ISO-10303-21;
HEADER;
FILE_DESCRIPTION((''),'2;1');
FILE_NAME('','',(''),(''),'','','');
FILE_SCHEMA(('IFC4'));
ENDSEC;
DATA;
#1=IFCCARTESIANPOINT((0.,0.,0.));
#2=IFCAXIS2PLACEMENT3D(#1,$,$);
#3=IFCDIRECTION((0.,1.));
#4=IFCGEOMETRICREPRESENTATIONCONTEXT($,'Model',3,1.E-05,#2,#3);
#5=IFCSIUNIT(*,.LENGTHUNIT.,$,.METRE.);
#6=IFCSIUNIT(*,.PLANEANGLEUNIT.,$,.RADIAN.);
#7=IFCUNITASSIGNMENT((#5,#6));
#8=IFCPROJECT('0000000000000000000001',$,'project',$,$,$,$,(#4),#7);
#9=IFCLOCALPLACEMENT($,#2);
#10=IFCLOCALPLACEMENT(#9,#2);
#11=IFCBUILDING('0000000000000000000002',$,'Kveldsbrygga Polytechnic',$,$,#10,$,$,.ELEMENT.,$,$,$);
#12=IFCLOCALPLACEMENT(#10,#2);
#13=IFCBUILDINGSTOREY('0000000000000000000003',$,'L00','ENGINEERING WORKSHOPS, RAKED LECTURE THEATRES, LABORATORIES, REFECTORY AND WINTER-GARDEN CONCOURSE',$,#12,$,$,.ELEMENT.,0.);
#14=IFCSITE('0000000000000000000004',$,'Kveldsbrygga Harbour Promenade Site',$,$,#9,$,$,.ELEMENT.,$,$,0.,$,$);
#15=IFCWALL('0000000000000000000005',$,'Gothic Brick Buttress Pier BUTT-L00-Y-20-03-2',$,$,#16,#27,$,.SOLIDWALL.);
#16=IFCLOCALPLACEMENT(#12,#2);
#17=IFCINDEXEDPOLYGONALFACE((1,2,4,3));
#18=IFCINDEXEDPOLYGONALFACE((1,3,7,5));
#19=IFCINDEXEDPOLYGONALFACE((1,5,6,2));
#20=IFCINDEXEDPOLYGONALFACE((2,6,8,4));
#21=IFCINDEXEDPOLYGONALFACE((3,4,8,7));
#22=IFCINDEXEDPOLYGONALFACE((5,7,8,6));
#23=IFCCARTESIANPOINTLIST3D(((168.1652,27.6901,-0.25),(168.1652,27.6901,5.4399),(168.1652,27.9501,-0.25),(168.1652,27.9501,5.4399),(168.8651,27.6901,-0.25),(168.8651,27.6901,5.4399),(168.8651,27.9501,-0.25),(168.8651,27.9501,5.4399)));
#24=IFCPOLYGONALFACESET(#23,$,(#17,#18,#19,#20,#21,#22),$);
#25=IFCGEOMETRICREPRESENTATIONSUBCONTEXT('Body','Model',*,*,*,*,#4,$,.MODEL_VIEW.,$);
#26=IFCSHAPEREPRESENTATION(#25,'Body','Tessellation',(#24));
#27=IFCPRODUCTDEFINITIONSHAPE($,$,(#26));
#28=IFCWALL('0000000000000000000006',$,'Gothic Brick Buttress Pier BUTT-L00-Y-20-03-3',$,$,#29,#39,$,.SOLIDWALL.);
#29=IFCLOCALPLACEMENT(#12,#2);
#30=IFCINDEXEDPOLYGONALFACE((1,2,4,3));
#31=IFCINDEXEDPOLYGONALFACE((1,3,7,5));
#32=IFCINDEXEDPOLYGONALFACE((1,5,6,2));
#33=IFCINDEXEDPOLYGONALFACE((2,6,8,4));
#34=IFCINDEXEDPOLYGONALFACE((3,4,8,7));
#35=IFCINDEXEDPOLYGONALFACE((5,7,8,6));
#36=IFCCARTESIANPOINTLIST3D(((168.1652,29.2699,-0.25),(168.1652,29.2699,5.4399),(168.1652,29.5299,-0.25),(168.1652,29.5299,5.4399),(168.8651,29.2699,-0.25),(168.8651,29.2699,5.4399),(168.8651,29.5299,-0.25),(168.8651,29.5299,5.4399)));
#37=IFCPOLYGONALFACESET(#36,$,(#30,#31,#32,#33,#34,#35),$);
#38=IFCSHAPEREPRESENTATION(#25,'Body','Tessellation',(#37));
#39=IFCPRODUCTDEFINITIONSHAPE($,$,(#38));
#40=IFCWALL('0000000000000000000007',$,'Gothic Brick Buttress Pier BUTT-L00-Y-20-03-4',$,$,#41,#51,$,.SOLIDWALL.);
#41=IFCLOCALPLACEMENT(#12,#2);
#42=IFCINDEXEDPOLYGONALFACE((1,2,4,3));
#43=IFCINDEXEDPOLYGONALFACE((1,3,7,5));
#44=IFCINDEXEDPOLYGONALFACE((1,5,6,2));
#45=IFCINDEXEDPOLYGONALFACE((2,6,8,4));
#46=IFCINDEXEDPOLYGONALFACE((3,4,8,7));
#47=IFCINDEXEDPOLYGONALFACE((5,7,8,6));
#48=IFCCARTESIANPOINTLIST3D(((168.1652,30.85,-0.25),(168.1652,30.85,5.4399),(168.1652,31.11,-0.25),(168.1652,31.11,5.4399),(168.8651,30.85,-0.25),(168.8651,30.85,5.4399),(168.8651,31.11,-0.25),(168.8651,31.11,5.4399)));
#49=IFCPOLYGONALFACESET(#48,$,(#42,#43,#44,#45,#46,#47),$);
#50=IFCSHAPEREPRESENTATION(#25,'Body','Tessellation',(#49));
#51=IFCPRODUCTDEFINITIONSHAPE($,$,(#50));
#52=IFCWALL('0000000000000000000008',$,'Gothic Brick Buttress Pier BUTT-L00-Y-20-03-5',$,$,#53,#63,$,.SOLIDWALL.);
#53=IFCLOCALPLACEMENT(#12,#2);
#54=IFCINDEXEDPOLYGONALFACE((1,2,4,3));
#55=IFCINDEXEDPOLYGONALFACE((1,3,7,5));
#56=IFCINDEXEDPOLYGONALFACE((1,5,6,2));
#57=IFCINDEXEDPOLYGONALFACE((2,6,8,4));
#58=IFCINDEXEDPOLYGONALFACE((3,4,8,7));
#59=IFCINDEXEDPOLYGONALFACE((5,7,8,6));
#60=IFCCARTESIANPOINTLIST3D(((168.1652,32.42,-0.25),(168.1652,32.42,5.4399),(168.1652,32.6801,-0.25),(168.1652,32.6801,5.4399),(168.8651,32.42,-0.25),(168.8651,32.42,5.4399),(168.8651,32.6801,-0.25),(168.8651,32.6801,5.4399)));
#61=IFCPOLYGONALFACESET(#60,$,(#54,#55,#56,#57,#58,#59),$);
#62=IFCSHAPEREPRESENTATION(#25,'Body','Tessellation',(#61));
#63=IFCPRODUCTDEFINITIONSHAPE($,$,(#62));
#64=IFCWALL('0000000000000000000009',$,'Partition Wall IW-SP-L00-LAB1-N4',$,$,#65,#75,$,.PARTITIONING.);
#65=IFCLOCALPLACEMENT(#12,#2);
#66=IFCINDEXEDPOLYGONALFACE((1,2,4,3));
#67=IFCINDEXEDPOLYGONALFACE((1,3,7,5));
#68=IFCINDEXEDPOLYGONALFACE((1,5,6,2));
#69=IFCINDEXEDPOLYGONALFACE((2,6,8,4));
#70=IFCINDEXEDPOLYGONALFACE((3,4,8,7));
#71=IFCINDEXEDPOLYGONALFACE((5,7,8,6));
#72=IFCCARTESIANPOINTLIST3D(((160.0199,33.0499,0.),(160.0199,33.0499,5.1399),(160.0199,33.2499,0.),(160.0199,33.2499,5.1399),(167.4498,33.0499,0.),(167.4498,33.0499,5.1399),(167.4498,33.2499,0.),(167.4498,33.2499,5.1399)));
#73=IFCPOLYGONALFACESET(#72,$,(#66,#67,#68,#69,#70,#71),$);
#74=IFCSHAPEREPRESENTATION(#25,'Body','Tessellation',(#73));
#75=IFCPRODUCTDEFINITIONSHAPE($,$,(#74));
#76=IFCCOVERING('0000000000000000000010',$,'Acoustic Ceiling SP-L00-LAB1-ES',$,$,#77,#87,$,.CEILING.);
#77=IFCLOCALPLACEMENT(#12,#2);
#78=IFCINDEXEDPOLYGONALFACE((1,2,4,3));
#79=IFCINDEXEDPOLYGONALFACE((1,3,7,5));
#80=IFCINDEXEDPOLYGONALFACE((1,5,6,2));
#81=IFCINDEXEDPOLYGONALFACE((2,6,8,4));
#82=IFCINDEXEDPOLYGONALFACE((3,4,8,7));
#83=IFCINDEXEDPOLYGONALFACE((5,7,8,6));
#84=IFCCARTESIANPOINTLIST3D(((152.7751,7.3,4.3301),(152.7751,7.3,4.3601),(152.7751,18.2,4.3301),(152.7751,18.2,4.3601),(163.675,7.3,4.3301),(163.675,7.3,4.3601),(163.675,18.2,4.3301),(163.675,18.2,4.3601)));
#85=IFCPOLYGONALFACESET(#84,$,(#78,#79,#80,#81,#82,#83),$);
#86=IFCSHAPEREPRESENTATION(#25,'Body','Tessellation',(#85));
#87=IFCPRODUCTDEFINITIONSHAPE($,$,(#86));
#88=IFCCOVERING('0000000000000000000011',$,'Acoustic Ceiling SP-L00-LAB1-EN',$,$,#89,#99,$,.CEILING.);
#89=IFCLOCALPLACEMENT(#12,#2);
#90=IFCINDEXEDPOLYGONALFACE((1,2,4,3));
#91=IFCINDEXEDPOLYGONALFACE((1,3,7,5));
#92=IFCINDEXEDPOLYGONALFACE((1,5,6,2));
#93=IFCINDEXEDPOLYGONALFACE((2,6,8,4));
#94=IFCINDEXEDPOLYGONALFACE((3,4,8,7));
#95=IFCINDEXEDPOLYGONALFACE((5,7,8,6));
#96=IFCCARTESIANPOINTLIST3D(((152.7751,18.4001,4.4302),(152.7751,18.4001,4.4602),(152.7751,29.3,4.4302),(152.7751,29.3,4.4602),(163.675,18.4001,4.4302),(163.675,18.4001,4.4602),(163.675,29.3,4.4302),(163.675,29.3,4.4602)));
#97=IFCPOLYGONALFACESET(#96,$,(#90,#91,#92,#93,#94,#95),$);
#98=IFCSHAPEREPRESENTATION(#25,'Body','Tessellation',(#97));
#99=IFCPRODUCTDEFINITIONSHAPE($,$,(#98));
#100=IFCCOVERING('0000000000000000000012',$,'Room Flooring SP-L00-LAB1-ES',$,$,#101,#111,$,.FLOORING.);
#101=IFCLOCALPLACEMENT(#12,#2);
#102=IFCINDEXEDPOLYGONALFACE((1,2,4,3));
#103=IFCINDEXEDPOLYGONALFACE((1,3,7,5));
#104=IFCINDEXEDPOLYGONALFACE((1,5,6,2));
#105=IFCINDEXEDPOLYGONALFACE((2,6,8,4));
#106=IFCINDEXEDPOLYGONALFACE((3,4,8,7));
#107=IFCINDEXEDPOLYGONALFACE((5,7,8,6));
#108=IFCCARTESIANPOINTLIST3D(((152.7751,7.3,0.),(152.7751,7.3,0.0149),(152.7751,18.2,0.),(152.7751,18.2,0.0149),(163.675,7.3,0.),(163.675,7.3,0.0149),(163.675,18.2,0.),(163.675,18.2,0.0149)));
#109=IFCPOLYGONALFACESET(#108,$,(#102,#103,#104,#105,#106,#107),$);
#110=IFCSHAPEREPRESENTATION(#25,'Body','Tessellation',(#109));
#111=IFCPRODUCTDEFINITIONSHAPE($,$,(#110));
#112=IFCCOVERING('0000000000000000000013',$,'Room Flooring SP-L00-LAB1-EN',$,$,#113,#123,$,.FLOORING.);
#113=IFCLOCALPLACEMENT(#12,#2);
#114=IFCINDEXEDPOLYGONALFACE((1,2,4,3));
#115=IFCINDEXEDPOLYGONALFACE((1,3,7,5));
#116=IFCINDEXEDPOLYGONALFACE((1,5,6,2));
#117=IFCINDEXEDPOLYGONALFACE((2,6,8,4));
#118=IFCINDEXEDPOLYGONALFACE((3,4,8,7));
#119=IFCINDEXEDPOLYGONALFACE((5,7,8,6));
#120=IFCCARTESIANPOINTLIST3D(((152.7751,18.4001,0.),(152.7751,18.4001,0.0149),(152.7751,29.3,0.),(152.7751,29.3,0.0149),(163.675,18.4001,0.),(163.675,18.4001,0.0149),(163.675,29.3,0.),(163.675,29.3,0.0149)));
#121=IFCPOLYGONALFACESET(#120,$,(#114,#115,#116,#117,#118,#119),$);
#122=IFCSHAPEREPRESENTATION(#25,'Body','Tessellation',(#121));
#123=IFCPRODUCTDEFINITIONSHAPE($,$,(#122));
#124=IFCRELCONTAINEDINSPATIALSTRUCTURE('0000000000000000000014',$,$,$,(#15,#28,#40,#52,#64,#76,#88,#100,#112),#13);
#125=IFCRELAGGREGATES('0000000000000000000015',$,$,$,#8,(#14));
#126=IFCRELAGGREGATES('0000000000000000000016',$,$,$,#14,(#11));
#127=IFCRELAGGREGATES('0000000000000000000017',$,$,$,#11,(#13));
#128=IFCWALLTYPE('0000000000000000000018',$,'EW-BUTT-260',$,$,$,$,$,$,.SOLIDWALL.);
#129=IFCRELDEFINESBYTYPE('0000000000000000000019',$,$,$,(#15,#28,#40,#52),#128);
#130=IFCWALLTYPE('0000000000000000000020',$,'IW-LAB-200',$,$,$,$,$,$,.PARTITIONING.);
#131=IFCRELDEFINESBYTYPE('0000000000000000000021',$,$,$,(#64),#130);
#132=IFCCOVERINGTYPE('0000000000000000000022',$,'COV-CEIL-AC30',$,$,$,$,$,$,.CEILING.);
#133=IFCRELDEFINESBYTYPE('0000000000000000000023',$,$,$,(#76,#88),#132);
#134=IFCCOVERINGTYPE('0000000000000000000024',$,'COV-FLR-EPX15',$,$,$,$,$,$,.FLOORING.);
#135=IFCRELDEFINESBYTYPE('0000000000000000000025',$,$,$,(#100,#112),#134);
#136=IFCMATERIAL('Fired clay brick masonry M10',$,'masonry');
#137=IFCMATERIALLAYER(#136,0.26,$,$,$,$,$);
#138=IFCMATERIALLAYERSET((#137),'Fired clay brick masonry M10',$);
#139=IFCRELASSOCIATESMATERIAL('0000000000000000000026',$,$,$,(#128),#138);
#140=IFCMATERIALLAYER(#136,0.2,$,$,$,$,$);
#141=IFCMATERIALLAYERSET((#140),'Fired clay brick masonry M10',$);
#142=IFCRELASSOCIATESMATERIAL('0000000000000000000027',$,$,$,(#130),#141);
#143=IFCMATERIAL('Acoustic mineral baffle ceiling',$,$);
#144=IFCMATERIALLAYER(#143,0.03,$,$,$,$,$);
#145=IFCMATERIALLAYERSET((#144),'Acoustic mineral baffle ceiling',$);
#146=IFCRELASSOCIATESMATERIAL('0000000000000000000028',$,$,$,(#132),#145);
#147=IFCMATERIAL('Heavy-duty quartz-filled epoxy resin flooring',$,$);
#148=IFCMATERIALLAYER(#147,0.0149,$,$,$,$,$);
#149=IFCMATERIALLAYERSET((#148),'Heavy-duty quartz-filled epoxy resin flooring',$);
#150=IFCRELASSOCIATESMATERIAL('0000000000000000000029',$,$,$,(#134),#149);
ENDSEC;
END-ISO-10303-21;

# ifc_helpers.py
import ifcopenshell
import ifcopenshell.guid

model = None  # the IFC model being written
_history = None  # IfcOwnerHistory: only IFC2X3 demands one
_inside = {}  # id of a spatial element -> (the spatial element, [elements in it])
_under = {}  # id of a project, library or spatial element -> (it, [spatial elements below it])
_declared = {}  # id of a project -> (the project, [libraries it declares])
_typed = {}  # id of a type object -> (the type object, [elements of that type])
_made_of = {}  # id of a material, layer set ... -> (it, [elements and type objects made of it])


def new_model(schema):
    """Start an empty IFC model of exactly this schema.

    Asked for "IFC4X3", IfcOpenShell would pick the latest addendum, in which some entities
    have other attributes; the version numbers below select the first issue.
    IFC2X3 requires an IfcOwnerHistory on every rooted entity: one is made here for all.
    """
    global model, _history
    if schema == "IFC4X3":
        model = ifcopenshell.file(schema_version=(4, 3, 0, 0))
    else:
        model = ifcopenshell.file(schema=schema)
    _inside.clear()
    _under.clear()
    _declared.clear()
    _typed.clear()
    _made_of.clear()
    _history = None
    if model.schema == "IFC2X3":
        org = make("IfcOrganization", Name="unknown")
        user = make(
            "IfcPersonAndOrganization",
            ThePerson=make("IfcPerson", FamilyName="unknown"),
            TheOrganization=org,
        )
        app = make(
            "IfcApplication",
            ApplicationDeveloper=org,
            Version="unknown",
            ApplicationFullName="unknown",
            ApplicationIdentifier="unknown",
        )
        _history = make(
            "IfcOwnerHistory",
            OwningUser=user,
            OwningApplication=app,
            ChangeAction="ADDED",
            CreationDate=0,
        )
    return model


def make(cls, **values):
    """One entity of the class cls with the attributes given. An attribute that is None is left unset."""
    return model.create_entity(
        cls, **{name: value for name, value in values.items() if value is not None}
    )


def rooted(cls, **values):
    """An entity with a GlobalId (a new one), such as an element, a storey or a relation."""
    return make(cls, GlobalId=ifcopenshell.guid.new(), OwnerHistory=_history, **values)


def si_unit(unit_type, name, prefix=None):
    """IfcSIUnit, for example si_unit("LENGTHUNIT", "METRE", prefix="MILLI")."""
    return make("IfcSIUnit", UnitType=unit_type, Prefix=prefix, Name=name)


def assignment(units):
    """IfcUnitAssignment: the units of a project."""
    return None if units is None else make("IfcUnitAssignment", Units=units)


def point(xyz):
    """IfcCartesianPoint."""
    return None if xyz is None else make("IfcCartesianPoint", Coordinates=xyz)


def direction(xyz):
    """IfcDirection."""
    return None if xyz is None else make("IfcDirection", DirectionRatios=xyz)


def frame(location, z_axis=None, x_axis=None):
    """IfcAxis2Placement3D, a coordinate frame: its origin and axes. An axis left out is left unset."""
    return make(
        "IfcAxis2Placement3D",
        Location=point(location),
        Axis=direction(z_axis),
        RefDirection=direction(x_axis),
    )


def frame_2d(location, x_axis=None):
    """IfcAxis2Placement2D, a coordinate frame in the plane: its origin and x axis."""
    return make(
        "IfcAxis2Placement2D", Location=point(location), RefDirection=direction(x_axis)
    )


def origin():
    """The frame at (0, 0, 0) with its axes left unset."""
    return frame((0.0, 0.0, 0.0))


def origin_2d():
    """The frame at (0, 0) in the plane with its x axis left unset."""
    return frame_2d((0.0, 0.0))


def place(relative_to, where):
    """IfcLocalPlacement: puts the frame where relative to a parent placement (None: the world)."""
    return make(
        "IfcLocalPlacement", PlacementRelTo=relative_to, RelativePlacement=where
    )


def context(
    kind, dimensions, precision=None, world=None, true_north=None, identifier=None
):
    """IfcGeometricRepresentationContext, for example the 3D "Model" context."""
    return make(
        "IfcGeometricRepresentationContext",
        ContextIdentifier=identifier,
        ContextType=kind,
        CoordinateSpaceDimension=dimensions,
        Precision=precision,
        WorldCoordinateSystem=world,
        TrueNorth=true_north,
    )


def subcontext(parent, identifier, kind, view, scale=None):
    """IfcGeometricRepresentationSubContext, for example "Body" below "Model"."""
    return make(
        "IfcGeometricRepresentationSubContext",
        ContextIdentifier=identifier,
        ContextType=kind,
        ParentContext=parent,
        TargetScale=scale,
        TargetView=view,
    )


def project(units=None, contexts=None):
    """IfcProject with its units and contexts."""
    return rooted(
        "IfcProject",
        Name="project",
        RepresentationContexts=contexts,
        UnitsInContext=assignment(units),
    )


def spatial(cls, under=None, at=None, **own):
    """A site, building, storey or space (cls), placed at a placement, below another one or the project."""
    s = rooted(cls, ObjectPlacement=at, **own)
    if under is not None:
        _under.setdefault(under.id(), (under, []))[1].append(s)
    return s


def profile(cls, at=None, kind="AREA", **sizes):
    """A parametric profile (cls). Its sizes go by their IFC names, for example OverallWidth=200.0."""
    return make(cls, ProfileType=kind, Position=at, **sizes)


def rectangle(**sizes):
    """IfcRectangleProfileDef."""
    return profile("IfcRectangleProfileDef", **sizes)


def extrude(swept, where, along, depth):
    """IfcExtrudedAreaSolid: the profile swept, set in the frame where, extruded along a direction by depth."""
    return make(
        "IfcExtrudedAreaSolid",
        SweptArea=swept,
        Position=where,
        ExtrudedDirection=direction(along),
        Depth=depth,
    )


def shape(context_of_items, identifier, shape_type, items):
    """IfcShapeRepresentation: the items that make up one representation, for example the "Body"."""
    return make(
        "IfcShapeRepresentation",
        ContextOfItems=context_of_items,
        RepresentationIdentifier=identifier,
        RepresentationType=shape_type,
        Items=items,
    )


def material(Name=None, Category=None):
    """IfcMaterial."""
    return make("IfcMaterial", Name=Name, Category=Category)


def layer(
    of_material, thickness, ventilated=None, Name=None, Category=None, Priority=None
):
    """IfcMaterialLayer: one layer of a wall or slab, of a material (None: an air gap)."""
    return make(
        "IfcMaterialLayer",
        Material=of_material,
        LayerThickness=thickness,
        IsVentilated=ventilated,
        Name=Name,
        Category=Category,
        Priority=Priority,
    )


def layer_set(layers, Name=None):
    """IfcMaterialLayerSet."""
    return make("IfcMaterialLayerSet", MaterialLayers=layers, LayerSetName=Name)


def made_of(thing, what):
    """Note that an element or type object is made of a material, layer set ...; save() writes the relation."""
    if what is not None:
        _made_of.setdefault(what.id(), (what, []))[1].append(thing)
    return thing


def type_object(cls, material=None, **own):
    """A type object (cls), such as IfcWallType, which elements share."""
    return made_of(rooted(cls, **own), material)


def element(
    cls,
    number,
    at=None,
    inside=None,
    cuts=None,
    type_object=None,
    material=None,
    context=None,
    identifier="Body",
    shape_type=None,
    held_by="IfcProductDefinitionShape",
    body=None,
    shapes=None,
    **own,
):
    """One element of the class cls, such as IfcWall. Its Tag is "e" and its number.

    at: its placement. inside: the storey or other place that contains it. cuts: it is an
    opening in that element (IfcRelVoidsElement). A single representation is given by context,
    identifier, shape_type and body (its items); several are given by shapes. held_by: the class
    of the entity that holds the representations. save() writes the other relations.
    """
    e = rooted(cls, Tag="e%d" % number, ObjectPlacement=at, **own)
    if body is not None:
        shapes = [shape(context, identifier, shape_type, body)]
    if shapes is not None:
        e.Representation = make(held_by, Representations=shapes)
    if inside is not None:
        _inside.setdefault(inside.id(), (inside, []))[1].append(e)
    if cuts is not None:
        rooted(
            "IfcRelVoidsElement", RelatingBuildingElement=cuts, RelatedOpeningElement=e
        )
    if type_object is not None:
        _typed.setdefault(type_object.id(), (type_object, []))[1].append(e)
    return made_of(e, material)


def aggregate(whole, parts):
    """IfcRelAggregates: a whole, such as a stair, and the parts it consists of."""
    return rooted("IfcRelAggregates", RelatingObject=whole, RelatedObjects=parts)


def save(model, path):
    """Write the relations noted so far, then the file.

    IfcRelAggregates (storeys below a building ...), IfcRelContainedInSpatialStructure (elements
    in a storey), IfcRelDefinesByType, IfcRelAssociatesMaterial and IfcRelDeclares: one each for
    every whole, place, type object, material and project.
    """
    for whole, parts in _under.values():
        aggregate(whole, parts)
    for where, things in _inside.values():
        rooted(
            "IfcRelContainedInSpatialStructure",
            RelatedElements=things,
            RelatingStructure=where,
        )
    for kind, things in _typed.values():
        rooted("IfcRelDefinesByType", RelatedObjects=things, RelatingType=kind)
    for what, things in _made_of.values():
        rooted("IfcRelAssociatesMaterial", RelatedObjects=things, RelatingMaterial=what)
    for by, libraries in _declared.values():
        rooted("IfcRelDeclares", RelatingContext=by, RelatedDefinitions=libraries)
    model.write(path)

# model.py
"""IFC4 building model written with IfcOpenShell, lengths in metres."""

from ifc_helpers import new_model, si_unit, direction, frame, frame_2d, origin, origin_2d, place, context, subcontext, project, spatial, rectangle, extrude, material, layer, layer_set, type_object, element, save


model = new_model("IFC4")

# Units and contexts
model_context = context("Model", 3, precision=1e-05, world=origin(), true_north=direction((0.0, 1.0)))
body_context = subcontext(model_context, "Body", "Model", "MODEL_VIEW")
ifc_project = project(units=[si_unit("LENGTHUNIT", "METRE"), si_unit("PLANEANGLEUNIT", "RADIAN")], contexts=[model_context])

# Site, building, storey
site_placement = place(None, origin())
site = spatial("IfcSite", under=ifc_project, at=site_placement, Name="Kveldsbrygga Harbour Promenade Site", CompositionType="ELEMENT", RefElevation=0.0)
building_placement = place(site_placement, origin())
building = spatial("IfcBuilding", under=site, at=building_placement, Name="Kveldsbrygga Polytechnic", CompositionType="ELEMENT")
storey_placement = place(building_placement, origin())
storey = spatial("IfcBuildingStorey", under=building, at=storey_placement, Name="L00", Description="ENGINEERING WORKSHOPS, RAKED LECTURE THEATRES, LABORATORIES, REFECTORY AND WINTER-GARDEN CONCOURSE", CompositionType="ELEMENT", Elevation=0.0)

# Walls
ifc_material_1 = material(Name="Fired clay brick masonry M10", Category="masonry")
ifc_layer_1 = layer(ifc_material_1, 0.26)
ifc_layer_set_1 = layer_set([ifc_layer_1], Name="Fired clay brick masonry M10")
wall_type_1 = type_object("IfcWallType", Name="EW-BUTT-260", PredefinedType="SOLIDWALL", material=ifc_layer_set_1)
for number, where, z_axis, x_axis, name in (
    (1, (168.165, 27.8201, -0.25), (0.0, 0.0, 1.0), (1.0, 0.0, 0.0), "Gothic Brick Buttress Pier BUTT-L00-Y-20-03-2"),
    (2, (168.165, 29.3999, -0.25), (0.0, 0.0, 1.0), (1.0, 0.0, 0.0), "Gothic Brick Buttress Pier BUTT-L00-Y-20-03-3"),
    (3, (168.165, 30.98, -0.25), (0.0, 0.0, 1.0), (1.0, 0.0, 0.0), "Gothic Brick Buttress Pier BUTT-L00-Y-20-03-4"),
    (4, (168.165, 32.55, -0.25), (0.0, 0.0, 1.0), (1.0, 0.0, 0.0), "Gothic Brick Buttress Pier BUTT-L00-Y-20-03-5"),
):
    element("IfcWall", number, at=place(storey_placement, frame(where, z_axis=z_axis, x_axis=x_axis)), inside=storey, type_object=wall_type_1, Name=name, PredefinedType="SOLIDWALL", context=body_context, shape_type="SweptSolid", body=[
        extrude(rectangle(XDim=0.7, YDim=0.26, at=frame_2d((0.3501, 0.0))), origin(), (0.0, 0.0, 1.0), 5.6899),
    ])
ifc_layer_2 = layer(ifc_material_1, 0.2)
ifc_layer_set_2 = layer_set([ifc_layer_2], Name="Fired clay brick masonry M10")
wall_type_2 = type_object("IfcWallType", Name="IW-LAB-200", PredefinedType="PARTITIONING", material=ifc_layer_set_2)
wall_placement = place(storey_placement, frame((160.02, 33.1499, 0.0), z_axis=(0.0, 0.0, 1.0), x_axis=(1.0, 0.0, 0.0)))
element("IfcWall", 5, at=wall_placement, inside=storey, type_object=wall_type_2, Name="Partition Wall IW-SP-L00-LAB1-N4", PredefinedType="PARTITIONING", context=body_context, shape_type="SweptSolid", body=[
    extrude(rectangle(XDim=7.4299, YDim=0.2, at=frame_2d((3.7148, 0.0))), origin(), (0.0, 0.0, 1.0), 5.1399),
])

# Coverings
ifc_material_2 = material(Name="Acoustic mineral baffle ceiling")
ifc_layer_3 = layer(ifc_material_2, 0.03)
ifc_layer_set_3 = layer_set([ifc_layer_3], Name="Acoustic mineral baffle ceiling")
covering_type_1 = type_object("IfcCoveringType", Name="COV-CEIL-AC30", PredefinedType="CEILING", material=ifc_layer_set_3)
for number, where, z_axis, x_axis, name in (
    (6, (158.2251, 12.75, 4.3301), (0.0, 0.0, 1.0), (1.0, 0.0, 0.0), "Acoustic Ceiling SP-L00-LAB1-ES"),
    (7, (158.2251, 23.8501, 4.4302), (0.0, 0.0, 1.0), (1.0, 0.0, 0.0), "Acoustic Ceiling SP-L00-LAB1-EN"),
):
    element("IfcCovering", number, at=place(storey_placement, frame(where, z_axis=z_axis, x_axis=x_axis)), inside=storey, type_object=covering_type_1, Name=name, PredefinedType="CEILING", context=body_context, shape_type="SweptSolid", body=[
        extrude(rectangle(XDim=10.8999, YDim=10.8999, at=origin_2d()), origin(), (0.0, 0.0, 1.0), 0.03),
    ])
ifc_material_3 = material(Name="Heavy-duty quartz-filled epoxy resin flooring")
ifc_layer_4 = layer(ifc_material_3, 0.0149)
ifc_layer_set_4 = layer_set([ifc_layer_4], Name="Heavy-duty quartz-filled epoxy resin flooring")
covering_type_2 = type_object("IfcCoveringType", Name="COV-FLR-EPX15", PredefinedType="FLOORING", material=ifc_layer_set_4)
for number, where, z_axis, x_axis, name in (
    (8, (158.2251, 12.75, 0.0), (0.0, 0.0, 1.0), (1.0, 0.0, 0.0), "Room Flooring SP-L00-LAB1-ES"),
    (9, (158.2251, 23.8501, 0.0), (0.0, 0.0, 1.0), (1.0, 0.0, 0.0), "Room Flooring SP-L00-LAB1-EN"),
):
    element("IfcCovering", number, at=place(storey_placement, frame(where, z_axis=z_axis, x_axis=x_axis)), inside=storey, type_object=covering_type_2, Name=name, PredefinedType="FLOORING", context=body_context, shape_type="SweptSolid", body=[
        extrude(rectangle(XDim=10.8999, YDim=10.8999, at=origin_2d()), origin(), (0.0, 0.0, 1.0), 0.0149),
    ])

save(model, "model.ifc")
